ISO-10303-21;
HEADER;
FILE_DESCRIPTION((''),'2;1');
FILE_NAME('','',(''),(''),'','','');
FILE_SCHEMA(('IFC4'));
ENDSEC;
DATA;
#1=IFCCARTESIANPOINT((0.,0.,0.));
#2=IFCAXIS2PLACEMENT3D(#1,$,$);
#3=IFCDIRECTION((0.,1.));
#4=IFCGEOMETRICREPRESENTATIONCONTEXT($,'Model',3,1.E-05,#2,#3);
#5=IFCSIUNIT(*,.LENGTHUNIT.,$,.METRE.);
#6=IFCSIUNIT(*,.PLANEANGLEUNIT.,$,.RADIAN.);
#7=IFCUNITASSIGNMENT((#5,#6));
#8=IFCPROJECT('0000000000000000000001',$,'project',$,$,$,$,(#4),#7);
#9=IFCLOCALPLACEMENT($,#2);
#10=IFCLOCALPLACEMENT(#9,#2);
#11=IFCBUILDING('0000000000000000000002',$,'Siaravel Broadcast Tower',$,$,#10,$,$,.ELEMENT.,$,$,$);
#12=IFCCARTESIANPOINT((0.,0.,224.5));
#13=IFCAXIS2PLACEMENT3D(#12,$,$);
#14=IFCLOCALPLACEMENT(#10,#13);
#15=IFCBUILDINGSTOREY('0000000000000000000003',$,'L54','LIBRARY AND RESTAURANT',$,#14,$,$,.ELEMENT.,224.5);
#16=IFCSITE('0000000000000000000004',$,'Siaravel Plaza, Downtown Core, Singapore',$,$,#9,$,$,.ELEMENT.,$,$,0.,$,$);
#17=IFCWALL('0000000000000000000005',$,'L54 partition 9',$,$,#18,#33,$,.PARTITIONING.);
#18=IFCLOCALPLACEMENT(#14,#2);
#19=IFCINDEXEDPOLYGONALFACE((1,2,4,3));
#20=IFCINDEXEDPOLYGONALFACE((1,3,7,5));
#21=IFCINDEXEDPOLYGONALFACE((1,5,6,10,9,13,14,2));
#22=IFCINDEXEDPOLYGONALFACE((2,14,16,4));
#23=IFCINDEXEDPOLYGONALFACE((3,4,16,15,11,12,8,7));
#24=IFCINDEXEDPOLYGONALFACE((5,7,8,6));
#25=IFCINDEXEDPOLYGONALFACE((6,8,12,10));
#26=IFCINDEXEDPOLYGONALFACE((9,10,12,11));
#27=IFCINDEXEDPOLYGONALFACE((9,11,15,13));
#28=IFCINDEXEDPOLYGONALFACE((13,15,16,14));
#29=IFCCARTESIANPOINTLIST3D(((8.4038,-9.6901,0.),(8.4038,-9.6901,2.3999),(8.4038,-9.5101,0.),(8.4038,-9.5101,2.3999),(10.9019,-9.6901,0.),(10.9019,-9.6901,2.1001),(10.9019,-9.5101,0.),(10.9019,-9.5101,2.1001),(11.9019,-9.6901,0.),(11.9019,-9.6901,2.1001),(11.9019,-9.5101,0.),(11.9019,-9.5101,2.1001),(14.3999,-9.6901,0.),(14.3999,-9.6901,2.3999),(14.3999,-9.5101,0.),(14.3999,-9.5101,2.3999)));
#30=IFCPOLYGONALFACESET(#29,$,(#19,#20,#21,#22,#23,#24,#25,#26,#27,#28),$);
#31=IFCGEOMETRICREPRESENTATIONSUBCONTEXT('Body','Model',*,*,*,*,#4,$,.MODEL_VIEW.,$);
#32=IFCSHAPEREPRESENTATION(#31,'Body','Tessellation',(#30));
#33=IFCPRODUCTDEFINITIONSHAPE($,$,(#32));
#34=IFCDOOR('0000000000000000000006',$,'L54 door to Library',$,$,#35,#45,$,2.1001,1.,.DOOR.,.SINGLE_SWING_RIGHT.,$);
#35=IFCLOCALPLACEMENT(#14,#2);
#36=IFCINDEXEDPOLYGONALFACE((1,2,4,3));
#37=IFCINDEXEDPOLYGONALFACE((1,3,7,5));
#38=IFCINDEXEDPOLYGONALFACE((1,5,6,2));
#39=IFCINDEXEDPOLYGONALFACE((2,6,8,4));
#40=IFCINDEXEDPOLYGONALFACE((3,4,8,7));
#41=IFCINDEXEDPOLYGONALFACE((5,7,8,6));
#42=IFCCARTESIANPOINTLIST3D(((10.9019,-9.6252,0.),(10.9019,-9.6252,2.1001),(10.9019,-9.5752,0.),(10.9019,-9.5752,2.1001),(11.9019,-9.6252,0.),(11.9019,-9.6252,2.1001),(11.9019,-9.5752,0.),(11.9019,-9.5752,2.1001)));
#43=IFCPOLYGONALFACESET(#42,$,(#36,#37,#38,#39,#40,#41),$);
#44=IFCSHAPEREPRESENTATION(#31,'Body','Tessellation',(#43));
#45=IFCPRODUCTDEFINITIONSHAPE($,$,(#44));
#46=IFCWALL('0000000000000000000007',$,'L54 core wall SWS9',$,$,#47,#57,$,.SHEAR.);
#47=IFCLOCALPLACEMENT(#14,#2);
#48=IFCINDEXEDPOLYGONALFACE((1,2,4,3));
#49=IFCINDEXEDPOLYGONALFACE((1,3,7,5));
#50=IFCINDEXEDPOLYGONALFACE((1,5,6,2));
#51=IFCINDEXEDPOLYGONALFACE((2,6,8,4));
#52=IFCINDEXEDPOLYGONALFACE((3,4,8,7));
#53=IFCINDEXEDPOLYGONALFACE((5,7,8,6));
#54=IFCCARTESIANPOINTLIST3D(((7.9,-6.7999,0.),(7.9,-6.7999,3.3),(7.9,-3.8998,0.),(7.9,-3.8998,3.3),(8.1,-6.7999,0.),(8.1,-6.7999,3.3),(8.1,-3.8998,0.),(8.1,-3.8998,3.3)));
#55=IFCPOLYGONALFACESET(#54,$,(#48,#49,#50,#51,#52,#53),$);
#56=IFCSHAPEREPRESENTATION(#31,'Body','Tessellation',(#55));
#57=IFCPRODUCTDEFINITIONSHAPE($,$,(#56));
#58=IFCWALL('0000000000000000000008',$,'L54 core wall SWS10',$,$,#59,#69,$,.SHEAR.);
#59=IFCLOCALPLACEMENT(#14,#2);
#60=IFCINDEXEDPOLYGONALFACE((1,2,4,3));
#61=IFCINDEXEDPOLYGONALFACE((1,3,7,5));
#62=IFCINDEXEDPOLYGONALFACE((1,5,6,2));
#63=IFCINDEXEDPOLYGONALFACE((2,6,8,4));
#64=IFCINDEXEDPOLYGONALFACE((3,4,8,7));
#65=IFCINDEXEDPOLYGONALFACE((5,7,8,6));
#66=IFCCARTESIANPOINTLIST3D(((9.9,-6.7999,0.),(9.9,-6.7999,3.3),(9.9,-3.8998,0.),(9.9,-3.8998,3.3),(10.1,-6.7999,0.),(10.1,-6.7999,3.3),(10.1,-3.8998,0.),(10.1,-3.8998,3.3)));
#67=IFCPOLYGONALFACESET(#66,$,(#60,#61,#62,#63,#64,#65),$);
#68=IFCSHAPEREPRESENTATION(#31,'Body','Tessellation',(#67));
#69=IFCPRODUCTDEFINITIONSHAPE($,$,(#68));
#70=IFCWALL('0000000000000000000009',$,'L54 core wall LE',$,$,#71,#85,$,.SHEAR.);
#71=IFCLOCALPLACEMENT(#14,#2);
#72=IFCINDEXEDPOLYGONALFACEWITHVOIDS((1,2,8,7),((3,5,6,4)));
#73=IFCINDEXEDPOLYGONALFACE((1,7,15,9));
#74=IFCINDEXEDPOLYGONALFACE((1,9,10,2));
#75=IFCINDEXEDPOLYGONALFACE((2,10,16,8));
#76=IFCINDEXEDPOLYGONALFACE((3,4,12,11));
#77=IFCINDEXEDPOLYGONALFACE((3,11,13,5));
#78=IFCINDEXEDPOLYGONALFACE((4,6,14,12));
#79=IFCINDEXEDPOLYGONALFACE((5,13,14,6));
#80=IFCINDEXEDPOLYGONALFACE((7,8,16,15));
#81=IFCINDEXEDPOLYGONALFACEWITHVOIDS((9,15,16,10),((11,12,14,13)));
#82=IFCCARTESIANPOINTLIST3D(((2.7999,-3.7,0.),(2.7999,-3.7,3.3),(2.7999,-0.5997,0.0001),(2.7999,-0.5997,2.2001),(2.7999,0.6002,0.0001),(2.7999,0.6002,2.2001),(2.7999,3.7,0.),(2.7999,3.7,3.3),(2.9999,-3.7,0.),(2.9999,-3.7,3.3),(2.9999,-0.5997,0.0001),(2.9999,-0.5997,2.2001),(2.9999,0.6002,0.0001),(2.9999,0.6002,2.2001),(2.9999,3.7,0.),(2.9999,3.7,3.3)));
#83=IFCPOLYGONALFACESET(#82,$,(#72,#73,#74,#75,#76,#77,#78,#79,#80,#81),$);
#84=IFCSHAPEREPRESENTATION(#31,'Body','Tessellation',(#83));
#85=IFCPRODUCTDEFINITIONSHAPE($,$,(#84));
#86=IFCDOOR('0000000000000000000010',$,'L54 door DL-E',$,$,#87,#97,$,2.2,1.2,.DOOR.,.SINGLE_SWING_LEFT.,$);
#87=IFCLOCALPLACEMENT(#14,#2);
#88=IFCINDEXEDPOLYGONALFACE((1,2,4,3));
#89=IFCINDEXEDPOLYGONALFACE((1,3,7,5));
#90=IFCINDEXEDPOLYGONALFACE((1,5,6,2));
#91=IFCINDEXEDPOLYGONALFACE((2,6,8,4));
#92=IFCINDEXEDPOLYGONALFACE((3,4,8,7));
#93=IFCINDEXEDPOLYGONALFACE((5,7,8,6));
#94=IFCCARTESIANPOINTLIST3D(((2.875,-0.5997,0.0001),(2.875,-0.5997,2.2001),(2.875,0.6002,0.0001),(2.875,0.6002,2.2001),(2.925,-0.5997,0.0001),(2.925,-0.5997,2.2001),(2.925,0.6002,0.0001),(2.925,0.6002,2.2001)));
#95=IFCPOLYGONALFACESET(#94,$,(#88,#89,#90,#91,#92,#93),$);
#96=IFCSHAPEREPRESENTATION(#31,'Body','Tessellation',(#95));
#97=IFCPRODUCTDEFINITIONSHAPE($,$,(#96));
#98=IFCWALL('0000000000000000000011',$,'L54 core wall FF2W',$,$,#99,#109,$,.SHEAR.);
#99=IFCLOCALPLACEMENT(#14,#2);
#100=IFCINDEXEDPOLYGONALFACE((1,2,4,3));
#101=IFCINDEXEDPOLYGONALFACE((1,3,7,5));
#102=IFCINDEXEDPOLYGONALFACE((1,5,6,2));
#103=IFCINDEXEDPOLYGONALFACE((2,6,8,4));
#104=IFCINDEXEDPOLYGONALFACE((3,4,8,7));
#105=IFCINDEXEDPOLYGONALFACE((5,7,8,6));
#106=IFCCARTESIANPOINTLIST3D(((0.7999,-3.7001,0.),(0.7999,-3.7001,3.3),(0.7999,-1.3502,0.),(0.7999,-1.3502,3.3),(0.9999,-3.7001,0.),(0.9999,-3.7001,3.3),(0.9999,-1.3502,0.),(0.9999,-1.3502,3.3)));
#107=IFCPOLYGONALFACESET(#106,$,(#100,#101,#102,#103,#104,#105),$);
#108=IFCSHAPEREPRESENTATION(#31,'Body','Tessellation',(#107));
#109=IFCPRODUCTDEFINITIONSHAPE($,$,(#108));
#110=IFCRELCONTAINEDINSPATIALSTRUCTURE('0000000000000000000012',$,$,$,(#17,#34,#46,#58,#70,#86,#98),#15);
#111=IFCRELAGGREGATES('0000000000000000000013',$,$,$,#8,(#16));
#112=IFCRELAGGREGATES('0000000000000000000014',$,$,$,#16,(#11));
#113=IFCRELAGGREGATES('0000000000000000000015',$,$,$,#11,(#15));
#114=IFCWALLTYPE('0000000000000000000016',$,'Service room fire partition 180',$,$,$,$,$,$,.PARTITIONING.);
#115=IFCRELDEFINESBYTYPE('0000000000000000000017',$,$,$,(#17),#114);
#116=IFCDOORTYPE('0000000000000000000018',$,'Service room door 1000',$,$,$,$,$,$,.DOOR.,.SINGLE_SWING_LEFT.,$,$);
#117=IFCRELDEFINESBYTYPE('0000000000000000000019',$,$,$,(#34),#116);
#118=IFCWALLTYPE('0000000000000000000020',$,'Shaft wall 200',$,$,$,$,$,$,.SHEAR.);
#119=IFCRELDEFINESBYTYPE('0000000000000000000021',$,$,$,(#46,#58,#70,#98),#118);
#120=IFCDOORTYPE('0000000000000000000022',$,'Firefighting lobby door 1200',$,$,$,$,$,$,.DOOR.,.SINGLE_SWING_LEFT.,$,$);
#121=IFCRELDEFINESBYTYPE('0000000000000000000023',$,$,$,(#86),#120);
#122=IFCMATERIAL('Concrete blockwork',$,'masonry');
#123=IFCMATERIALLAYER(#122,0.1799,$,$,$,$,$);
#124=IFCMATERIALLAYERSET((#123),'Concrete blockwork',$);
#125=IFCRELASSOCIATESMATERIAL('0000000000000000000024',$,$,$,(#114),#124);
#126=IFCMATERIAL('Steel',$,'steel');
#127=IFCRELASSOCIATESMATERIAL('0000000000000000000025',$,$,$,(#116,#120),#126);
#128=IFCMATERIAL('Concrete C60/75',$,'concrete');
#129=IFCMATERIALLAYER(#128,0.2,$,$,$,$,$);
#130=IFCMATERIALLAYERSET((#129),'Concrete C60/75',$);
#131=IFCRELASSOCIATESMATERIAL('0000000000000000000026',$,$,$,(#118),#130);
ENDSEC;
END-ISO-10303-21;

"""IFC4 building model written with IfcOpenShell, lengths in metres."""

from ifc_helpers import new_model, si_unit, direction, frame, frame_2d, origin, place, context, subcontext, project, spatial, rectangle, extrude, material, layer, layer_set, type_object, element, fill, save


model = new_model("IFC4")

# Units and contexts
model_context = context("Model", 3, precision=1e-05, world=origin(), true_north=direction((0.0, 1.0)))
body_context = subcontext(model_context, "Body", "Model", "MODEL_VIEW")
ifc_project = project(units=[si_unit("LENGTHUNIT", "METRE"), si_unit("PLANEANGLEUNIT", "RADIAN")], contexts=[model_context])

# Site, building, storey
site_placement = place(None, origin())
site = spatial("IfcSite", under=ifc_project, at=site_placement, Name="Siaravel Plaza, Downtown Core, Singapore", CompositionType="ELEMENT", RefElevation=0.0)
building_placement = place(site_placement, origin())
building = spatial("IfcBuilding", under=site, at=building_placement, Name="Siaravel Broadcast Tower", CompositionType="ELEMENT")
storey_placement = place(building_placement, frame((0.0, 0.0, 224.5)))
storey = spatial("IfcBuildingStorey", under=building, at=storey_placement, Name="L54", Description="LIBRARY AND RESTAURANT", CompositionType="ELEMENT", Elevation=224.5)

# Shared definitions
ifc_material_1 = material(Name="Concrete blockwork", Category="masonry")

# Shared definitions
ifc_material_2 = material(Name="Concrete C60/75", Category="concrete")
ifc_material_3 = material(Name="Steel", Category="steel")

# Wall, opening, door
ifc_layer_1 = layer(ifc_material_1, 0.1799)
ifc_layer_set_1 = layer_set([ifc_layer_1], Name="Concrete blockwork")
wall_type_1 = type_object("IfcWallType", Name="Service room fire partition 180", PredefinedType="PARTITIONING", material=ifc_layer_set_1)
wall_1_placement = place(storey_placement, frame((8.4038, -9.6001, 0.0), z_axis=(0.0, 0.0, 1.0), x_axis=(1.0, 0.0, 0.0)))
wall_1 = element("IfcWall", 1, at=wall_1_placement, inside=storey, type_object=wall_type_1, Name="L54 partition 9", PredefinedType="PARTITIONING", context=body_context, shape_type="SweptSolid", body=[
    extrude(rectangle(XDim=5.9961, YDim=0.1799, at=frame_2d((2.998, 0.0))), origin(), (0.0, 0.0, 1.0), 2.3999),
])
opening_1_placement = place(wall_1_placement, frame((2.498, 0.0, 0.0)))
opening_1 = element("IfcOpeningElement", 2, at=opening_1_placement, cuts=wall_1, PredefinedType="OPENING", context=body_context, shape_type="SweptSolid", body=[
    extrude(rectangle(XDim=1.0, YDim=2.1001, at=frame_2d((0.5, 1.05))), frame((0.0, 0.0999, 0.0), z_axis=(0.0, -1.0, 0.0), x_axis=(1.0, 0.0, 0.0)), (0.0, 0.0, 1.0), 0.2),
])
door_type_1 = type_object("IfcDoorType", Name="Service room door 1000", OperationType="SINGLE_SWING_LEFT", PredefinedType="DOOR", material=ifc_material_3)
door_1_placement = place(opening_1_placement, origin())
door_1 = element("IfcDoor", 3, at=door_1_placement, inside=storey, type_object=door_type_1, Name="L54 door to Library", OperationType="SINGLE_SWING_RIGHT", OverallHeight=2.1001, OverallWidth=1.0, PredefinedType="DOOR", context=body_context, shape_type="SweptSolid", body=[
    extrude(rectangle(XDim=1.0, YDim=2.1001, at=frame_2d((0.5, 1.05))), frame((0.0, 0.0249, 0.0), z_axis=(0.0, -1.0, 0.0), x_axis=(1.0, 0.0, 0.0)), (0.0, 0.0, 1.0), 0.05),
])
fill(opening_1, door_1)

# Walls
ifc_layer_2 = layer(ifc_material_2, 0.2)
ifc_layer_set_2 = layer_set([ifc_layer_2], Name="Concrete C60/75")
wall_type_2 = type_object("IfcWallType", Name="Shaft wall 200", PredefinedType="SHEAR", material=ifc_layer_set_2)
for number, where, z_axis, x_axis, name in (
    (4, (8.0, -6.8, 0.0), (0.0, 0.0, 1.0), (0.0, 1.0, 0.0), "L54 core wall SWS9"),
    (5, (10.0, -6.8, 0.0), (0.0, 0.0, 1.0), (0.0, 1.0, 0.0), "L54 core wall SWS10"),
):
    element("IfcWall", number, at=place(storey_placement, frame(where, z_axis=z_axis, x_axis=x_axis)), inside=storey, type_object=wall_type_2, Name=name, PredefinedType="SHEAR", context=body_context, shape_type="SweptSolid", body=[
        extrude(rectangle(XDim=2.9001, YDim=0.2, at=frame_2d((1.4502, 0.0))), origin(), (0.0, 0.0, 1.0), 3.3),
    ])

# Wall, opening, door
wall_2_placement = place(storey_placement, frame((2.8999, -3.7, 0.0), z_axis=(0.0, 0.0, 1.0), x_axis=(0.0, 1.0, 0.0)))
wall_2 = element("IfcWall", 6, at=wall_2_placement, inside=storey, type_object=wall_type_2, Name="L54 core wall LE", PredefinedType="SHEAR", context=body_context, shape_type="SweptSolid", body=[
    extrude(rectangle(XDim=7.3999, YDim=0.2, at=frame_2d((3.7, 0.0))), origin(), (0.0, 0.0, 1.0), 3.3),
])
opening_2_placement = place(wall_2_placement, frame((3.1001, 0.0, 0.0)))
opening_2 = element("IfcOpeningElement", 7, at=opening_2_placement, cuts=wall_2, PredefinedType="OPENING", context=body_context, shape_type="SweptSolid", body=[
    extrude(rectangle(XDim=1.2, YDim=2.2, at=frame_2d((0.6001, 1.1001))), frame((0.0, 0.1099, 0.0), z_axis=(0.0, -1.0, 0.0), x_axis=(1.0, 0.0, 0.0)), (0.0, 0.0, 1.0), 0.22),
])
door_type_2 = type_object("IfcDoorType", Name="Firefighting lobby door 1200", OperationType="SINGLE_SWING_LEFT", PredefinedType="DOOR", material=ifc_material_3)
door_2_placement = place(opening_2_placement, origin())
door_2 = element("IfcDoor", 8, at=door_2_placement, inside=storey, type_object=door_type_2, Name="L54 door DL-E", OperationType="SINGLE_SWING_LEFT", OverallHeight=2.2, OverallWidth=1.2, PredefinedType="DOOR", context=body_context, shape_type="SweptSolid", body=[
    extrude(rectangle(XDim=1.2, YDim=2.2, at=frame_2d((0.6001, 1.1001))), frame((0.0, 0.0249, 0.0), z_axis=(0.0, -1.0, 0.0), x_axis=(1.0, 0.0, 0.0)), (0.0, 0.0, 1.0), 0.05),
])
fill(opening_2, door_2)

# Wall
wall_3_placement = place(storey_placement, frame((0.8999, -3.7, 0.0), z_axis=(0.0, 0.0, 1.0), x_axis=(0.0, 1.0, 0.0)))
element("IfcWall", 9, at=wall_3_placement, inside=storey, type_object=wall_type_2, Name="L54 core wall FF2W", PredefinedType="SHEAR", context=body_context, shape_type="SweptSolid", body=[
    extrude(rectangle(XDim=2.3499, YDim=0.2, at=frame_2d((1.1748, 0.0))), origin(), (0.0, 0.0, 1.0), 3.3),
])

save(model, "model.ifc")
